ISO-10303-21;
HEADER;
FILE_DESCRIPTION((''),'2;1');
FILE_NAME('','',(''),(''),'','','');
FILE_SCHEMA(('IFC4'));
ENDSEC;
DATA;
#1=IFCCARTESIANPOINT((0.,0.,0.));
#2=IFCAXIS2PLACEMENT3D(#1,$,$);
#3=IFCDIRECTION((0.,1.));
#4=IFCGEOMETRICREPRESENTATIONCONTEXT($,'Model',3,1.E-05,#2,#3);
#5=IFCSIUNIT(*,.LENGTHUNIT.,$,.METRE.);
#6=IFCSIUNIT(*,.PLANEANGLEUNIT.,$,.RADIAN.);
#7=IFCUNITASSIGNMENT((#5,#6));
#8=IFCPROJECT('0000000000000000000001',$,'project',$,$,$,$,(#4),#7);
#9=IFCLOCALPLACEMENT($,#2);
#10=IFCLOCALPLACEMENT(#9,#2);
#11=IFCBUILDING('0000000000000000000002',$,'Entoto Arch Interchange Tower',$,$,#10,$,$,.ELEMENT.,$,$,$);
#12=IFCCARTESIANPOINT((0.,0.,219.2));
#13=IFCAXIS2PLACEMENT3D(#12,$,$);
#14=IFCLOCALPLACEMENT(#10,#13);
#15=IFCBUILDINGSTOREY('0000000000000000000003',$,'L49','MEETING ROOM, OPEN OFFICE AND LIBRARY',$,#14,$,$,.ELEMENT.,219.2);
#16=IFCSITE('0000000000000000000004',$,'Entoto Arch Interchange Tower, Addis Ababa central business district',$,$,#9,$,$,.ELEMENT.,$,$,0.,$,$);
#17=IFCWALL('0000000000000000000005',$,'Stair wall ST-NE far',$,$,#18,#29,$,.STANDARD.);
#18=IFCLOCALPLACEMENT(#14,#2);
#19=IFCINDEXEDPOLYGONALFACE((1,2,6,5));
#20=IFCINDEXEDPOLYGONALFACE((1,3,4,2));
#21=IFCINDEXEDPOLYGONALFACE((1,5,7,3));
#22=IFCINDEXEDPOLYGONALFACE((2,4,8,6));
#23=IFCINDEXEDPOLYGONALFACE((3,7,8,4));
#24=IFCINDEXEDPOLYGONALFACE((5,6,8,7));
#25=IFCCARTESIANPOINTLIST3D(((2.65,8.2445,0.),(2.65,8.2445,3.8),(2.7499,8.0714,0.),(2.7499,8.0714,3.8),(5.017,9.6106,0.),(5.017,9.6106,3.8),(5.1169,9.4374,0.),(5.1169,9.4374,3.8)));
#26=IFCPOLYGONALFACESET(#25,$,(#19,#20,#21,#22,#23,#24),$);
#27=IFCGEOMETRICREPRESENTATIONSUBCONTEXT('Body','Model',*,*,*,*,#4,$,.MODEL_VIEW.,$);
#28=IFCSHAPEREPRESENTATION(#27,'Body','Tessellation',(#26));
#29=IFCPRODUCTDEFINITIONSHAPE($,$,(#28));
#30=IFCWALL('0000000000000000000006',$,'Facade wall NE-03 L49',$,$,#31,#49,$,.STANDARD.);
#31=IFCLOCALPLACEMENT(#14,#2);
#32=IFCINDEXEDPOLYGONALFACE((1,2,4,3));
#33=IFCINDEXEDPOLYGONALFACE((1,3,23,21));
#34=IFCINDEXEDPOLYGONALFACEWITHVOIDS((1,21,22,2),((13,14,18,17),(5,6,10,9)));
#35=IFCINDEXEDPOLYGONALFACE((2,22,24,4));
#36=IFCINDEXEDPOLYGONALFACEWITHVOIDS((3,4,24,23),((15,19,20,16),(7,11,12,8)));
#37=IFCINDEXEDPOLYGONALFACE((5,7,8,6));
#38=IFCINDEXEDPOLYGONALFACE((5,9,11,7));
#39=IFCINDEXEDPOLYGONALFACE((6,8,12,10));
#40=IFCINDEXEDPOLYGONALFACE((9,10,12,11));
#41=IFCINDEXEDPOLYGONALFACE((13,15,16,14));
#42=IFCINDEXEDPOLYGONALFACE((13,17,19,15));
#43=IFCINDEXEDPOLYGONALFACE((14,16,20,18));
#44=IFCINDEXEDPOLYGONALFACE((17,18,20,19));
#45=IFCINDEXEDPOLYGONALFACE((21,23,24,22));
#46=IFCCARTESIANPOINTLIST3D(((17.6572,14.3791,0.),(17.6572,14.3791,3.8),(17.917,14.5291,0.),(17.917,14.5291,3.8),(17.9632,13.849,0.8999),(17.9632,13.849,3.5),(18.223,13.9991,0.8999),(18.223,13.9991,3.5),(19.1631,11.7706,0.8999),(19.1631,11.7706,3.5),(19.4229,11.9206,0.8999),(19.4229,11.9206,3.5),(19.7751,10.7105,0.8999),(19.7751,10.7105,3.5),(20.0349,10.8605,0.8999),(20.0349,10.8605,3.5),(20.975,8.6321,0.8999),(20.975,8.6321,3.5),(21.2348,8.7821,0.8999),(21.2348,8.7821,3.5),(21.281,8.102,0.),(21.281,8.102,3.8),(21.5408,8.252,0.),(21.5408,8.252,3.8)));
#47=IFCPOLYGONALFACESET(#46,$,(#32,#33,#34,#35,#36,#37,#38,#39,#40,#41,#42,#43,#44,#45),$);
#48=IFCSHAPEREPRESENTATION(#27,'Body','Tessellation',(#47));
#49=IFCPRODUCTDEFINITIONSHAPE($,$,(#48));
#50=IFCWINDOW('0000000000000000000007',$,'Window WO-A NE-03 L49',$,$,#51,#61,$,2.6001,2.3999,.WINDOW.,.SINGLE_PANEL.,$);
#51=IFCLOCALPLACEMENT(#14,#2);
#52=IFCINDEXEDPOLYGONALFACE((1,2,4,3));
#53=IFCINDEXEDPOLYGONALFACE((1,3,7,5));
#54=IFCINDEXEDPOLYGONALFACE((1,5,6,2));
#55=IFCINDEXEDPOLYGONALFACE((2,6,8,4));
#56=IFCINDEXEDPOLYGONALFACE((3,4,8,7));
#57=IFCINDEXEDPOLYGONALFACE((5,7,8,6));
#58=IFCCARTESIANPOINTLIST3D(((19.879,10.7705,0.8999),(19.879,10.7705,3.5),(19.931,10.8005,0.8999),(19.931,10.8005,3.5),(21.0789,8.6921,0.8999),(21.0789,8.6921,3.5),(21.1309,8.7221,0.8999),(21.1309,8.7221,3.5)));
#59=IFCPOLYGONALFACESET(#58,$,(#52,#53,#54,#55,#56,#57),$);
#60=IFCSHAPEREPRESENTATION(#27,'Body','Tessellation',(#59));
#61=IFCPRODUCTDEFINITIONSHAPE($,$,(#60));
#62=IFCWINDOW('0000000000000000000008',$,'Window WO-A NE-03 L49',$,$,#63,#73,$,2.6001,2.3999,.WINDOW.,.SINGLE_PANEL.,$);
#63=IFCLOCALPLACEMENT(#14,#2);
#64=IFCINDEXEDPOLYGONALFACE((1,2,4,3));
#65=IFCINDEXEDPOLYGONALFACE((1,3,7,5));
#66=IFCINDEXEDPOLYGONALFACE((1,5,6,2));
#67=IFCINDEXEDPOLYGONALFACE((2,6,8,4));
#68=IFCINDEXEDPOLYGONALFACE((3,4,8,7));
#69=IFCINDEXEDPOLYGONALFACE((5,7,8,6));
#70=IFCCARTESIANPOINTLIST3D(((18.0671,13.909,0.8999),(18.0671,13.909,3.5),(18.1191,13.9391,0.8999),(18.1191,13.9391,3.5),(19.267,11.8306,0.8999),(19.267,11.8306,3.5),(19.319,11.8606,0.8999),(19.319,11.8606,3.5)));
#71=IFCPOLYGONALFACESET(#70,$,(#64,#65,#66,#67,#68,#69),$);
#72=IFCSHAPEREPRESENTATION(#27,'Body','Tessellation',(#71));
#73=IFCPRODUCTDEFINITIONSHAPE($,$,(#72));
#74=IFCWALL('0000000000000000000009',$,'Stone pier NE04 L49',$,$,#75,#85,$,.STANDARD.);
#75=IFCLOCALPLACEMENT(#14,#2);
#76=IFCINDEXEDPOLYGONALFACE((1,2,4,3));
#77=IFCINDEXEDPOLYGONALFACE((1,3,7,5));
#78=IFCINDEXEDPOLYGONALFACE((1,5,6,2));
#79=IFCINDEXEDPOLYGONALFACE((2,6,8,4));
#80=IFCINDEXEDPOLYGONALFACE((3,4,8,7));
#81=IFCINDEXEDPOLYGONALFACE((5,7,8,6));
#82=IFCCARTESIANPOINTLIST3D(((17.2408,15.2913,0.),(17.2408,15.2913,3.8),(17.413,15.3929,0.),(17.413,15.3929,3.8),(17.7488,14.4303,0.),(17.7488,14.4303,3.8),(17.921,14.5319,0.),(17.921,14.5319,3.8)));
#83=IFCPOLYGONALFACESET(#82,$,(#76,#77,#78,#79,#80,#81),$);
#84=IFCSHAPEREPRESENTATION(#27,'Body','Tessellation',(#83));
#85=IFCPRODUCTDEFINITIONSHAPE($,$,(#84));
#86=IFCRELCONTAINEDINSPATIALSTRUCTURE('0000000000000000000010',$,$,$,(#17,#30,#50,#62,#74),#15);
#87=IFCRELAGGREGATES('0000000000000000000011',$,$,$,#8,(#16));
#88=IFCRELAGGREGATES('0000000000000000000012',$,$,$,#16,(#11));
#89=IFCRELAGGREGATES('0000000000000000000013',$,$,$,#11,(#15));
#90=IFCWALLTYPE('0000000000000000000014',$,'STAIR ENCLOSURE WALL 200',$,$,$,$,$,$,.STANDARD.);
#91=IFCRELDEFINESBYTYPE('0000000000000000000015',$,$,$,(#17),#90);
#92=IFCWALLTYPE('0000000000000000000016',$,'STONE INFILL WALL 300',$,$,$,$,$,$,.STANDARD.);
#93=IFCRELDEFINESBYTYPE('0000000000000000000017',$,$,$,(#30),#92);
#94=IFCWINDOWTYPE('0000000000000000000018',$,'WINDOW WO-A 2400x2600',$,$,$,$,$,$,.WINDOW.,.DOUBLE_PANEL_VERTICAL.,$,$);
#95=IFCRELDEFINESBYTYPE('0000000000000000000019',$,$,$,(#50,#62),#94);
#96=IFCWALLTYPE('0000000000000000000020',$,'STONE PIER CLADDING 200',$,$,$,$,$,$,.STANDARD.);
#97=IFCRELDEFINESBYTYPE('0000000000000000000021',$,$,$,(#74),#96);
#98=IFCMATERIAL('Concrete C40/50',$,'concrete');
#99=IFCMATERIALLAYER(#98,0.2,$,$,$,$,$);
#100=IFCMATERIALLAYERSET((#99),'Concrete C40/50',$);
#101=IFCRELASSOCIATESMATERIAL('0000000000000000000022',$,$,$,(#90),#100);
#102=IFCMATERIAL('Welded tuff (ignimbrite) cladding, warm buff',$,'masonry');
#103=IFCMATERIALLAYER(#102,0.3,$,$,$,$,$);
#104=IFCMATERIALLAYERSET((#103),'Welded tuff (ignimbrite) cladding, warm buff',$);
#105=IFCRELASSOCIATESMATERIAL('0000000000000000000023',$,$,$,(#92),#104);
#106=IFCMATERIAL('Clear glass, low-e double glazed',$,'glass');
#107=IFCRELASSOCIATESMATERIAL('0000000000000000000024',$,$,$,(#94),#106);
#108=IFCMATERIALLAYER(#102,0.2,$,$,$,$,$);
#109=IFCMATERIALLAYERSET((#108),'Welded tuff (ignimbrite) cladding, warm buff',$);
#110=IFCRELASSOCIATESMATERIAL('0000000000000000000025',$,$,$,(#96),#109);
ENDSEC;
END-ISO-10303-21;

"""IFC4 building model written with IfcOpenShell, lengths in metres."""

from ifc_helpers import new_model, si_unit, direction, frame, frame_2d, origin, place, context, subcontext, project, spatial, rectangle, extrude, material, layer, layer_set, type_object, element, fill, save


model = new_model("IFC4")

# Units and contexts
model_context = context("Model", 3, precision=1e-05, world=origin(), true_north=direction((0.0, 1.0)))
body_context = subcontext(model_context, "Body", "Model", "MODEL_VIEW")
ifc_project = project(units=[si_unit("LENGTHUNIT", "METRE"), si_unit("PLANEANGLEUNIT", "RADIAN")], contexts=[model_context])

# Site, building, storey
site_placement = place(None, origin())
site = spatial("IfcSite", under=ifc_project, at=site_placement, Name="Entoto Arch Interchange Tower, Addis Ababa central business district", CompositionType="ELEMENT", RefElevation=0.0)
building_placement = place(site_placement, origin())
building = spatial("IfcBuilding", under=site, at=building_placement, Name="Entoto Arch Interchange Tower", CompositionType="ELEMENT")
storey_placement = place(building_placement, frame((0.0, 0.0, 219.2)))
storey = spatial("IfcBuildingStorey", under=building, at=storey_placement, Name="L49", Description="MEETING ROOM, OPEN OFFICE AND LIBRARY", CompositionType="ELEMENT", Elevation=219.2)

# Shared definitions
ifc_material_1 = material(Name="Concrete C40/50", Category="concrete")

# Wall
ifc_layer_1 = layer(ifc_material_1, 0.2)
ifc_layer_set_1 = layer_set([ifc_layer_1], Name="Concrete C40/50")
wall_type_1 = type_object("IfcWallType", Name="STAIR ENCLOSURE WALL 200", PredefinedType="STANDARD", material=ifc_layer_set_1)
wall_1_placement = place(storey_placement, frame((2.7, 8.158, 0.0), z_axis=(0.0, 0.0, 1.0), x_axis=(0.866119, 0.499838, 0.0)))
element("IfcWall", 1, at=wall_1_placement, inside=storey, type_object=wall_type_1, Name="Stair wall ST-NE far", PredefinedType="STANDARD", context=body_context, shape_type="SweptSolid", body=[
    extrude(rectangle(XDim=2.7329, YDim=0.2, at=frame_2d((1.3665, 0.0))), origin(), (0.0, 0.0, 1.0), 3.8),
])

# Wall, openings, windows
ifc_material_2 = material(Name="Welded tuff (ignimbrite) cladding, warm buff", Category="masonry")
ifc_layer_2 = layer(ifc_material_2, 0.3)
ifc_layer_set_2 = layer_set([ifc_layer_2], Name="Welded tuff (ignimbrite) cladding, warm buff")
wall_type_2 = type_object("IfcWallType", Name="STONE INFILL WALL 300", PredefinedType="STANDARD", material=ifc_layer_set_2)
wall_2_placement = place(storey_placement, frame((21.4109, 8.177, 0.0), z_axis=(0.0, 0.0, 1.0), x_axis=(-0.499968, 0.866044, 0.0)))
wall_2 = element("IfcWall", 2, at=wall_2_placement, inside=storey, type_object=wall_type_2, Name="Facade wall NE-03 L49", PredefinedType="STANDARD", context=body_context, shape_type="SweptSolid", body=[
    extrude(rectangle(XDim=7.248, YDim=0.3, at=frame_2d((3.624, 0.0))), origin(), (0.0, 0.0, 1.0), 3.8),
])
opening_1_placement = place(wall_2_placement, frame((0.6121, 0.0, 0.8999)))
opening_1 = element("IfcOpeningElement", 3, at=opening_1_placement, cuts=wall_2, PredefinedType="OPENING", context=body_context, shape_type="SweptSolid", body=[
    extrude(rectangle(XDim=2.3999, YDim=2.6001, at=frame_2d((1.2, 1.3))), frame((0.0, 0.1602, 0.0), z_axis=(0.0, -1.0, 0.0), x_axis=(1.0, 0.0, 0.0)), (0.0, 0.0, 1.0), 0.3201),
])
opening_2_placement = place(wall_2_placement, frame((4.2361, 0.0, 0.8999)))
opening_2 = element("IfcOpeningElement", 4, at=opening_2_placement, cuts=wall_2, PredefinedType="OPENING", context=body_context, shape_type="SweptSolid", body=[
    extrude(rectangle(XDim=2.3999, YDim=2.6001, at=frame_2d((1.2, 1.3))), frame((0.0, 0.1602, 0.0), z_axis=(0.0, -1.0, 0.0), x_axis=(1.0, 0.0, 0.0)), (0.0, 0.0, 1.0), 0.3201),
])
ifc_material_3 = material(Name="Clear glass, low-e double glazed", Category="glass")
window_type = type_object("IfcWindowType", Name="WINDOW WO-A 2400x2600", PartitioningType="DOUBLE_PANEL_VERTICAL", PredefinedType="WINDOW", material=ifc_material_3)
window_1_placement = place(opening_1_placement, origin())
window_1 = element("IfcWindow", 5, at=window_1_placement, inside=storey, type_object=window_type, Name="Window WO-A NE-03 L49", OverallHeight=2.6001, OverallWidth=2.3999, PartitioningType="SINGLE_PANEL", PredefinedType="WINDOW", context=body_context, shape_type="SweptSolid", body=[
    extrude(rectangle(XDim=2.3999, YDim=2.6001, at=frame_2d((1.2, 1.3))), frame((0.0, 0.03, 0.0), z_axis=(0.0, -1.0, 0.0), x_axis=(1.0, 0.0, 0.0)), (0.0, 0.0, 1.0), 0.0601),
])
fill(opening_1, window_1)
window_2_placement = place(opening_2_placement, origin())
window_2 = element("IfcWindow", 6, at=window_2_placement, inside=storey, type_object=window_type, Name="Window WO-A NE-03 L49", OverallHeight=2.6001, OverallWidth=2.3999, PartitioningType="SINGLE_PANEL", PredefinedType="WINDOW", context=body_context, shape_type="SweptSolid", body=[
    extrude(rectangle(XDim=2.3999, YDim=2.6001, at=frame_2d((1.2, 1.3))), frame((0.0, 0.03, 0.0), z_axis=(0.0, -1.0, 0.0), x_axis=(1.0, 0.0, 0.0)), (0.0, 0.0, 1.0), 0.0601),
])
fill(opening_2, window_2)

# Wall
ifc_layer_3 = layer(ifc_material_2, 0.2)
ifc_layer_set_3 = layer_set([ifc_layer_3], Name="Welded tuff (ignimbrite) cladding, warm buff")
wall_type_3 = type_object("IfcWallType", Name="STONE PIER CLADDING 200", PredefinedType="STANDARD", material=ifc_layer_set_3)
wall_3_placement = place(storey_placement, frame((17.835, 14.481, 0.0), z_axis=(0.0, 0.0, 1.0), x_axis=(-0.508162, 0.861262, 0.0)))
element("IfcWall", 7, at=wall_3_placement, inside=storey, type_object=wall_type_3, Name="Stone pier NE04 L49", PredefinedType="STANDARD", context=body_context, shape_type="SweptSolid", body=[
    extrude(rectangle(XDim=0.9998, YDim=0.2, at=frame_2d((0.5, 0.0))), origin(), (0.0, 0.0, 1.0), 3.8),
])

save(model, "model.ifc")
